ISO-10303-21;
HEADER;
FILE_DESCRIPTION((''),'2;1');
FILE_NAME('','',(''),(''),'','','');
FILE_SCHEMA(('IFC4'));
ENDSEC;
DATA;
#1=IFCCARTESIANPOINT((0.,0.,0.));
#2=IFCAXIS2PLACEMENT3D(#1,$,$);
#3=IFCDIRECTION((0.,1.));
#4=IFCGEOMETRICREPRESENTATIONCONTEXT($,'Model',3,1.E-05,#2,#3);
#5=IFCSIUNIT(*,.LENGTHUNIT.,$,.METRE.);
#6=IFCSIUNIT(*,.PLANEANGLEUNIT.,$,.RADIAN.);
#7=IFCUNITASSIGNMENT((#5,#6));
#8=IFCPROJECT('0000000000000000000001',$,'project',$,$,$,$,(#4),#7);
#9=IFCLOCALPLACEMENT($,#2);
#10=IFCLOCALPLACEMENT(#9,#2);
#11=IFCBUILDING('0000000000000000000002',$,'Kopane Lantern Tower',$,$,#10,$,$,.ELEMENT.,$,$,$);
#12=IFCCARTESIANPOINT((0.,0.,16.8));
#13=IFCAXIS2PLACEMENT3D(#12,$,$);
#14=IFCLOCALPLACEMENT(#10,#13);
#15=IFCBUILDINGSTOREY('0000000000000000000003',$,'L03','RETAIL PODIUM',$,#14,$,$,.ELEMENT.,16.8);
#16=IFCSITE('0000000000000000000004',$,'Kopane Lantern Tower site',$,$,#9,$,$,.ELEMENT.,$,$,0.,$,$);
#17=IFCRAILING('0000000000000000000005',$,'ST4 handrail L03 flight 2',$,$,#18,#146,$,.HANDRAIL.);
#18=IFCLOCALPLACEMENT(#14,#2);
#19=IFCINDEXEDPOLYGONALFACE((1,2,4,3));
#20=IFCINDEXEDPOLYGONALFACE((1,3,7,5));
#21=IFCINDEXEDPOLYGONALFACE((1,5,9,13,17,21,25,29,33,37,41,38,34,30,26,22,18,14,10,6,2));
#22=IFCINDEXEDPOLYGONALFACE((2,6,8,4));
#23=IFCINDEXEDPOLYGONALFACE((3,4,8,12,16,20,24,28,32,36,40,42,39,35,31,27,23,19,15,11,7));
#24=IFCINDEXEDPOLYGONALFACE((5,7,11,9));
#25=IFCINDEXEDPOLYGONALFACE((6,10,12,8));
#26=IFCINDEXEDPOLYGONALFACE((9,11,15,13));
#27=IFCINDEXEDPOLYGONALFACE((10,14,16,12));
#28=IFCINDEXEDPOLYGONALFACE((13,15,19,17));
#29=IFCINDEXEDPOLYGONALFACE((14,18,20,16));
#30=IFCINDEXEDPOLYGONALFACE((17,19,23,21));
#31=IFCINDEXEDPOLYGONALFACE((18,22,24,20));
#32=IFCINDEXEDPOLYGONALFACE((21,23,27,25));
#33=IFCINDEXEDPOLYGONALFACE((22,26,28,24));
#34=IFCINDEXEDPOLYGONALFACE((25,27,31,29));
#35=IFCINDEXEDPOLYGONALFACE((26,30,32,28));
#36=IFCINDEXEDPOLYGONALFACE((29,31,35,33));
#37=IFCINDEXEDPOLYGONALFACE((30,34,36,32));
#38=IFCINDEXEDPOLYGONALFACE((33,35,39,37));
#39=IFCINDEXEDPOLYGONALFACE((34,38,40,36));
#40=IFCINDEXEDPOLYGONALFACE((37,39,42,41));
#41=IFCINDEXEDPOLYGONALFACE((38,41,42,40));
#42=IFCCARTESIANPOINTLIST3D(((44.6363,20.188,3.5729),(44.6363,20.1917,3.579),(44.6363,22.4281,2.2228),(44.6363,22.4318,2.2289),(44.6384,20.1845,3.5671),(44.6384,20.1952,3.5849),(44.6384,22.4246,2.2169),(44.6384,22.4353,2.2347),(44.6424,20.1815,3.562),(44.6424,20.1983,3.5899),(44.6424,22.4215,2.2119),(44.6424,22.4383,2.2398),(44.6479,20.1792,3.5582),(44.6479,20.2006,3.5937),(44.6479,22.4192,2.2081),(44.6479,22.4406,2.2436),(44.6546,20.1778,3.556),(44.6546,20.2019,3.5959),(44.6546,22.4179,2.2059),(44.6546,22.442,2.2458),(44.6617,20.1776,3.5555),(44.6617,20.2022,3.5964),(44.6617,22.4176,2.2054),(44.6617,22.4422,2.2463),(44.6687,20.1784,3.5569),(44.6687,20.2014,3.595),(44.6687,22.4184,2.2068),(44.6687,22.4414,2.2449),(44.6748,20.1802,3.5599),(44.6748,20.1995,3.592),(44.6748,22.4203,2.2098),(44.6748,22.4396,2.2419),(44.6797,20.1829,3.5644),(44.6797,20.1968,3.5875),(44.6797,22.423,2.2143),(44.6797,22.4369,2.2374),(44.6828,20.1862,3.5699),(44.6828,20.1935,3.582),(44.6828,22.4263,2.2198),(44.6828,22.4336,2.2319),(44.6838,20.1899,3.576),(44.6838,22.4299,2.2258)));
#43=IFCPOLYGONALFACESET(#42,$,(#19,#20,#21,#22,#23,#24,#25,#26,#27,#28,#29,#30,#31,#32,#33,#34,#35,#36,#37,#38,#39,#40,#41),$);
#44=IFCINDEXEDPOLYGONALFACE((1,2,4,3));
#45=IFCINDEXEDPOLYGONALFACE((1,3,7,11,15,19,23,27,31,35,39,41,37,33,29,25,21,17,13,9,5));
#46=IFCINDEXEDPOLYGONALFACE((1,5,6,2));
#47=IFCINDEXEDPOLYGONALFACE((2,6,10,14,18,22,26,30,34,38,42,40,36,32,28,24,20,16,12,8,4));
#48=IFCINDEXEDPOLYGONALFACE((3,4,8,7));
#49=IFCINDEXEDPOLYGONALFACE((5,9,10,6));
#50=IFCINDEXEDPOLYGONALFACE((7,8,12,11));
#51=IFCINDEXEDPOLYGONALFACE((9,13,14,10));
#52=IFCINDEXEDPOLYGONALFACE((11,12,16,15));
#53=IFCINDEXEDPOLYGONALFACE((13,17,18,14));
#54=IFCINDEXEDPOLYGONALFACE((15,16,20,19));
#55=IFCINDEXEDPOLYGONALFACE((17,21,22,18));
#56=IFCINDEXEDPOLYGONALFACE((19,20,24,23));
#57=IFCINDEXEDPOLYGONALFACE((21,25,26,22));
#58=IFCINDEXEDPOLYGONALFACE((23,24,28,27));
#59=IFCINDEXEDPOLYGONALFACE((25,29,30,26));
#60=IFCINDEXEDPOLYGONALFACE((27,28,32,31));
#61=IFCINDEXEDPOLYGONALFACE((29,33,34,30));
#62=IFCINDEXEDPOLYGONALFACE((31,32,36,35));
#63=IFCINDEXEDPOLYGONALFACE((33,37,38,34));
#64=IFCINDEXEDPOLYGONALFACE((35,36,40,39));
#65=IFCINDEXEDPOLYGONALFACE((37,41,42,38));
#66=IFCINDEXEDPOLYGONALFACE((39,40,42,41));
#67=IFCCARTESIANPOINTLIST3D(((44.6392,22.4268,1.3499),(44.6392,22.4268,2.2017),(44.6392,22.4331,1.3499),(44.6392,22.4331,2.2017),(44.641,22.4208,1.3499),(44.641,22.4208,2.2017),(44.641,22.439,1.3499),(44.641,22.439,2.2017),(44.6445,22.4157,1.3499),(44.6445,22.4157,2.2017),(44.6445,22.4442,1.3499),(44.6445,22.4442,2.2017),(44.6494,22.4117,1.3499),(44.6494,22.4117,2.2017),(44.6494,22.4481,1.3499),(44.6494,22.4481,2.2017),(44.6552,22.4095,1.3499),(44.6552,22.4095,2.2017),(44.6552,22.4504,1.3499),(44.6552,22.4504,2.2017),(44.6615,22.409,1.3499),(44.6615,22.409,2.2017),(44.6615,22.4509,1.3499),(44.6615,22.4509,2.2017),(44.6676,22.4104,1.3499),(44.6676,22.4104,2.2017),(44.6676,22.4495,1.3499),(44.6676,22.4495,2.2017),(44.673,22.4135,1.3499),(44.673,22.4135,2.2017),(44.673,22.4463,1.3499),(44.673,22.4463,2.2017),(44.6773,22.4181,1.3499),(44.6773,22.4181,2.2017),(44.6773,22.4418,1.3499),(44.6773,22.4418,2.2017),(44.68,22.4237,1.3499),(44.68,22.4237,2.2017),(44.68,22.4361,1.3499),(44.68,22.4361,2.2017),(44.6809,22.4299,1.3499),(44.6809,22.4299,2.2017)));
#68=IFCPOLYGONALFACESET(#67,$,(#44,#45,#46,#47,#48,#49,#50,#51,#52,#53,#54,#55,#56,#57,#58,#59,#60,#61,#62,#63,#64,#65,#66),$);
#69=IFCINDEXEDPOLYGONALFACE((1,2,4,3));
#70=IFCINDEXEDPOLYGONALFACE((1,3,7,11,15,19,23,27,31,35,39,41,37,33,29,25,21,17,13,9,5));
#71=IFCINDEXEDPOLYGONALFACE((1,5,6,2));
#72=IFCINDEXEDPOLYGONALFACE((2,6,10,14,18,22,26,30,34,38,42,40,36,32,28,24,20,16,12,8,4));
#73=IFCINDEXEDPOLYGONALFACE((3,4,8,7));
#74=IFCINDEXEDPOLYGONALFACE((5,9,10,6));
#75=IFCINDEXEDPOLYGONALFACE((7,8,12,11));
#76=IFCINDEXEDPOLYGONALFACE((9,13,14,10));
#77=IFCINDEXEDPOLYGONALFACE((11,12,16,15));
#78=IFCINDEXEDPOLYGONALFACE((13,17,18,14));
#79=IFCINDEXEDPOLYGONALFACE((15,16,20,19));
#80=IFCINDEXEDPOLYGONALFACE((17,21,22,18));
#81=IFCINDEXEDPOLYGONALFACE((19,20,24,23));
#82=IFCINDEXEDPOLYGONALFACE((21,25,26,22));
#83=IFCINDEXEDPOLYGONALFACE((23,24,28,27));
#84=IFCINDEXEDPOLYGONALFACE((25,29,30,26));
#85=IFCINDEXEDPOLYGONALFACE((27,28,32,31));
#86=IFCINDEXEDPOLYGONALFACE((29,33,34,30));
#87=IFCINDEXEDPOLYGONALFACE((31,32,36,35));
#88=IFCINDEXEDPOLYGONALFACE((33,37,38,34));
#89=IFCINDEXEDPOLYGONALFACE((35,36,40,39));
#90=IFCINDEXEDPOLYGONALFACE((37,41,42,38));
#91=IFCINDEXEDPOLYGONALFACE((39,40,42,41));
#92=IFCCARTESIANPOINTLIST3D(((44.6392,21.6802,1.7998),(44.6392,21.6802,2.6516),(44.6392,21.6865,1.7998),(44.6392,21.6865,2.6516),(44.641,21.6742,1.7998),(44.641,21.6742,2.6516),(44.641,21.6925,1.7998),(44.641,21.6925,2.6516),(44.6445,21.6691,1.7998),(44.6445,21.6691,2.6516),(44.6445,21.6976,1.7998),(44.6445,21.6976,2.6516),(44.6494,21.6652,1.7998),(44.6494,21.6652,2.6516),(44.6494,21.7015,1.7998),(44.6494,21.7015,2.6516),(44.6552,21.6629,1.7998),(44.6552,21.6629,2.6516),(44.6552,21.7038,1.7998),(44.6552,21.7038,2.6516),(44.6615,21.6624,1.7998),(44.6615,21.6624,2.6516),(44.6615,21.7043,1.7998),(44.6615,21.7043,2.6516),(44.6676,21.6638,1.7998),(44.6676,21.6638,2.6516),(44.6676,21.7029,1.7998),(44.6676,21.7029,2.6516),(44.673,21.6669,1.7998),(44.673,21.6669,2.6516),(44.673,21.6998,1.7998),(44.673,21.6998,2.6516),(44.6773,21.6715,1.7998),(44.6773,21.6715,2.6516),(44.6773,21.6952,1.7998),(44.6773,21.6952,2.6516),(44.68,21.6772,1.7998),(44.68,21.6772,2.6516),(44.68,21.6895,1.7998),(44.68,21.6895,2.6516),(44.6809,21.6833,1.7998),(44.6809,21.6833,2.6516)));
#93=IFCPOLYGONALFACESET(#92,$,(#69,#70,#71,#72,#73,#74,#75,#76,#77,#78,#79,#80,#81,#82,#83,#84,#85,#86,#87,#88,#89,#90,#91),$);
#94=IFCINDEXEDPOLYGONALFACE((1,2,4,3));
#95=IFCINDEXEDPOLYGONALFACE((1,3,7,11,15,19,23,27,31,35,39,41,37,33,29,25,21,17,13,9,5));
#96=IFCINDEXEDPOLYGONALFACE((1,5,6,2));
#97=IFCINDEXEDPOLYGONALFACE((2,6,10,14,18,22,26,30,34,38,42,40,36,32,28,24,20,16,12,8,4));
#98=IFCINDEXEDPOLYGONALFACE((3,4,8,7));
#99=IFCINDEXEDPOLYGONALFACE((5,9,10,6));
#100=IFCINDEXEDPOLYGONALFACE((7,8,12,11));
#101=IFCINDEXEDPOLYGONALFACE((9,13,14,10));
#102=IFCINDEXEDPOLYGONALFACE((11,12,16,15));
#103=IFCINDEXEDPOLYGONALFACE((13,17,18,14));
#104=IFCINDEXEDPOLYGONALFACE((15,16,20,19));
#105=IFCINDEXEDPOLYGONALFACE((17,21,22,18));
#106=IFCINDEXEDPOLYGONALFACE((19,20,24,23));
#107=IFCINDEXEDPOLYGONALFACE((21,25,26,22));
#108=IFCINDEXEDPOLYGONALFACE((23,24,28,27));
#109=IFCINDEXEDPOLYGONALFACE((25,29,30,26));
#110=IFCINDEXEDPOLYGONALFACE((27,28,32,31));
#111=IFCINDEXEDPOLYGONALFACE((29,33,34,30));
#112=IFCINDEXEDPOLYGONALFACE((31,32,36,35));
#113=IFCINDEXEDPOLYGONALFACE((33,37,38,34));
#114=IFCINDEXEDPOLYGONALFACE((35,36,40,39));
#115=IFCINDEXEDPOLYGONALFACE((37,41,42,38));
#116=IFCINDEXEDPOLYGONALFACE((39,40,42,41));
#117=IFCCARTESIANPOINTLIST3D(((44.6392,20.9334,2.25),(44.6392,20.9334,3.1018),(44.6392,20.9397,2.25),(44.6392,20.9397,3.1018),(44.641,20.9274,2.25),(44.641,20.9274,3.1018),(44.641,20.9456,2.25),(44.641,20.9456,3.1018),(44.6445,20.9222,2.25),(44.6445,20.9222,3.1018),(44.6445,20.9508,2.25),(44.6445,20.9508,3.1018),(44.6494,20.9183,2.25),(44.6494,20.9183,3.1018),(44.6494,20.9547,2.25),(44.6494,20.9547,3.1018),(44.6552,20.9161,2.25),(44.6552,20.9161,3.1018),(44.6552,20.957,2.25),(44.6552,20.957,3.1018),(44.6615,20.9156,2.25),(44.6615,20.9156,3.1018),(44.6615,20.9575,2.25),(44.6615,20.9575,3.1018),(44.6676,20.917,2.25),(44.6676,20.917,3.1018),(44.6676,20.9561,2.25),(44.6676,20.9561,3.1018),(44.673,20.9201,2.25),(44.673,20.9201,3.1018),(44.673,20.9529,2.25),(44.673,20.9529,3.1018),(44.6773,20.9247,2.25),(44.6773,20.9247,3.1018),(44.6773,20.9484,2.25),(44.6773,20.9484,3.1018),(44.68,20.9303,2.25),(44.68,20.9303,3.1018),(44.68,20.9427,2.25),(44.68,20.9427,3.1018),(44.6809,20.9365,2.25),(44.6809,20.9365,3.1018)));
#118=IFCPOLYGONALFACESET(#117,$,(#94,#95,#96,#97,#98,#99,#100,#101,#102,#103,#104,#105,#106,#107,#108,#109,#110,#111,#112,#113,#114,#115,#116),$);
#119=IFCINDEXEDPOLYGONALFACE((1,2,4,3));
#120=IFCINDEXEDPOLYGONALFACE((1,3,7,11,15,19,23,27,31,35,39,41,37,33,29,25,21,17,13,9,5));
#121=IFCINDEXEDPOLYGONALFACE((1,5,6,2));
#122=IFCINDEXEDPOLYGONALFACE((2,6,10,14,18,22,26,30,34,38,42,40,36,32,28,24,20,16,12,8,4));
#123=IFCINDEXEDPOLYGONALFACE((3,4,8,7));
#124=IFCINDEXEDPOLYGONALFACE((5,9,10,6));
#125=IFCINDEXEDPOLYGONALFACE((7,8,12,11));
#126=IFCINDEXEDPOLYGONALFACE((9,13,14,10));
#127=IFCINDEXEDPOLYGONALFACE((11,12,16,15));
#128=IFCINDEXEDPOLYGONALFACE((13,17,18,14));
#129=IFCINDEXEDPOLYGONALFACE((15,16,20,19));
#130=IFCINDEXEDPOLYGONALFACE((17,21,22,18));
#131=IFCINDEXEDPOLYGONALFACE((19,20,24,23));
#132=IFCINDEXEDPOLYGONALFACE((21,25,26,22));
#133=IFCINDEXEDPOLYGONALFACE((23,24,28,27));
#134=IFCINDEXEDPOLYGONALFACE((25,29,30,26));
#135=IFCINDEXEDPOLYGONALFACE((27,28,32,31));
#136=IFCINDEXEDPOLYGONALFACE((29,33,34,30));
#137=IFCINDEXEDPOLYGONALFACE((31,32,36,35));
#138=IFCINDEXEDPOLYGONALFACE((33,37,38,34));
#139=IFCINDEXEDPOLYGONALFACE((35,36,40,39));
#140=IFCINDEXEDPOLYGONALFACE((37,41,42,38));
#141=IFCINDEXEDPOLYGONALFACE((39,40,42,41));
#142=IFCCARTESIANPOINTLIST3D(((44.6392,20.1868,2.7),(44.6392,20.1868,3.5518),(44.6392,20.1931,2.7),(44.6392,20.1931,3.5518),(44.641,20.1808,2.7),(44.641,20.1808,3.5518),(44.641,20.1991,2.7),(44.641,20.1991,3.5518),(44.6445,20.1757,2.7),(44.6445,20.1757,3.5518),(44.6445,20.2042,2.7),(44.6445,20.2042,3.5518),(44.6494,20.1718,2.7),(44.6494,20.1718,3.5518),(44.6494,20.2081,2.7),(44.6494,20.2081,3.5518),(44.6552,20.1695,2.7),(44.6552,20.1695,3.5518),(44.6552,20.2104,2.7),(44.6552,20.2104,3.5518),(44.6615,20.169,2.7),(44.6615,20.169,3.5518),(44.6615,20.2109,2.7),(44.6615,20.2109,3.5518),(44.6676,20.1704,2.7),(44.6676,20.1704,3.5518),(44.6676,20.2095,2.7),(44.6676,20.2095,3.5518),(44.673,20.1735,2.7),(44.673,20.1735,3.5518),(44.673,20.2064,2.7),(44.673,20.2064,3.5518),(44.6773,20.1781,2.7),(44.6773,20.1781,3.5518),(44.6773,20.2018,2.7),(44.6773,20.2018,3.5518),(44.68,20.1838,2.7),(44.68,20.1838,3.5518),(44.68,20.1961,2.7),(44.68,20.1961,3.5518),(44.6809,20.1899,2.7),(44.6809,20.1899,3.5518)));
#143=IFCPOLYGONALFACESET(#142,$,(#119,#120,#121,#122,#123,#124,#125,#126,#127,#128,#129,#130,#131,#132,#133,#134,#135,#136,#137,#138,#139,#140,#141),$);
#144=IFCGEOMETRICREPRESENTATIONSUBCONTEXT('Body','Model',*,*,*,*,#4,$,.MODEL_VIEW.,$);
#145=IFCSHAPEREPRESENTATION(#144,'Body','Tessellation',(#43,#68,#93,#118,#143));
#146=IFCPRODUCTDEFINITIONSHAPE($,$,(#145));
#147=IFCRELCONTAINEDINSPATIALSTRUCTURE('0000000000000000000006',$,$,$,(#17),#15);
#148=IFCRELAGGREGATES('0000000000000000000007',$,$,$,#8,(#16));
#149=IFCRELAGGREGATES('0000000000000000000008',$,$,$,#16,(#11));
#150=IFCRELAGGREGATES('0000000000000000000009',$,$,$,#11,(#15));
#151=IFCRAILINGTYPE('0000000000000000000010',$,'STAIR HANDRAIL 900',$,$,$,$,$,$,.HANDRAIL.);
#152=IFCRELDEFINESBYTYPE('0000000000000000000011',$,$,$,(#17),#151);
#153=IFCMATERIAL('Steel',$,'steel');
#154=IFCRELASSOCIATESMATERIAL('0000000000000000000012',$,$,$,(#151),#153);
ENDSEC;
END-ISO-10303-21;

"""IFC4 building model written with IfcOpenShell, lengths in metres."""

from ifc_helpers import new_model, si_unit, direction, frame, origin, origin_2d, place, context, subcontext, project, spatial, circle, extrude, material, type_object, element, save


model = new_model("IFC4")

# Units and contexts
model_context = context("Model", 3, precision=1e-05, world=origin(), true_north=direction((0.0, 1.0)))
body_context = subcontext(model_context, "Body", "Model", "MODEL_VIEW")
ifc_project = project(units=[si_unit("LENGTHUNIT", "METRE"), si_unit("PLANEANGLEUNIT", "RADIAN")], contexts=[model_context])

# Site, building, storey
site_placement = place(None, origin())
site = spatial("IfcSite", under=ifc_project, at=site_placement, Name="Kopane Lantern Tower site", CompositionType="ELEMENT", RefElevation=0.0)
building_placement = place(site_placement, origin())
building = spatial("IfcBuilding", under=site, at=building_placement, Name="Kopane Lantern Tower", CompositionType="ELEMENT")
storey_placement = place(building_placement, frame((0.0, 0.0, 16.8)))
storey = spatial("IfcBuildingStorey", under=building, at=storey_placement, Name="L03", Description="RETAIL PODIUM", CompositionType="ELEMENT", Elevation=16.8)

# Railing
ifc_material_1 = material(Name="Steel", Category="steel")
railing_type_1 = type_object("IfcRailingType", Name="STAIR HANDRAIL 900", PredefinedType="HANDRAIL", material=ifc_material_1)
for number, where, name in (
    (1, (44.6599, 22.4299, 1.3499), "ST4 handrail L03 flight 2"),
):
    element("IfcRailing", number, at=place(storey_placement, frame(where)), inside=storey, type_object=railing_type_1, Name=name, PredefinedType="HANDRAIL", context=body_context, shape_type="SweptSolid", body=[
        extrude(circle(Radius=0.0239, at=origin_2d()), frame((0.0, 0.0, 0.876), z_axis=(0.0, -0.856462, 0.516211), x_axis=(1.0, 0.0, 0.0)), (0.0, 0.0, 1.0), 2.6155),
        extrude(circle(Radius=0.021, at=origin_2d()), origin(), (0.0, 0.0, 1.0), 0.8518),
        extrude(circle(Radius=0.021, at=origin_2d()), frame((0.0, -0.7466, 0.45)), (0.0, 0.0, 1.0), 0.8518),
        extrude(circle(Radius=0.021, at=origin_2d()), frame((0.0, -1.4934, 0.9001)), (0.0, 0.0, 1.0), 0.8518),
        extrude(circle(Radius=0.021, at=origin_2d()), frame((0.0, -2.24, 1.3501)), (0.0, 0.0, 1.0), 0.8518),
    ])

save(model, "model.ifc")
